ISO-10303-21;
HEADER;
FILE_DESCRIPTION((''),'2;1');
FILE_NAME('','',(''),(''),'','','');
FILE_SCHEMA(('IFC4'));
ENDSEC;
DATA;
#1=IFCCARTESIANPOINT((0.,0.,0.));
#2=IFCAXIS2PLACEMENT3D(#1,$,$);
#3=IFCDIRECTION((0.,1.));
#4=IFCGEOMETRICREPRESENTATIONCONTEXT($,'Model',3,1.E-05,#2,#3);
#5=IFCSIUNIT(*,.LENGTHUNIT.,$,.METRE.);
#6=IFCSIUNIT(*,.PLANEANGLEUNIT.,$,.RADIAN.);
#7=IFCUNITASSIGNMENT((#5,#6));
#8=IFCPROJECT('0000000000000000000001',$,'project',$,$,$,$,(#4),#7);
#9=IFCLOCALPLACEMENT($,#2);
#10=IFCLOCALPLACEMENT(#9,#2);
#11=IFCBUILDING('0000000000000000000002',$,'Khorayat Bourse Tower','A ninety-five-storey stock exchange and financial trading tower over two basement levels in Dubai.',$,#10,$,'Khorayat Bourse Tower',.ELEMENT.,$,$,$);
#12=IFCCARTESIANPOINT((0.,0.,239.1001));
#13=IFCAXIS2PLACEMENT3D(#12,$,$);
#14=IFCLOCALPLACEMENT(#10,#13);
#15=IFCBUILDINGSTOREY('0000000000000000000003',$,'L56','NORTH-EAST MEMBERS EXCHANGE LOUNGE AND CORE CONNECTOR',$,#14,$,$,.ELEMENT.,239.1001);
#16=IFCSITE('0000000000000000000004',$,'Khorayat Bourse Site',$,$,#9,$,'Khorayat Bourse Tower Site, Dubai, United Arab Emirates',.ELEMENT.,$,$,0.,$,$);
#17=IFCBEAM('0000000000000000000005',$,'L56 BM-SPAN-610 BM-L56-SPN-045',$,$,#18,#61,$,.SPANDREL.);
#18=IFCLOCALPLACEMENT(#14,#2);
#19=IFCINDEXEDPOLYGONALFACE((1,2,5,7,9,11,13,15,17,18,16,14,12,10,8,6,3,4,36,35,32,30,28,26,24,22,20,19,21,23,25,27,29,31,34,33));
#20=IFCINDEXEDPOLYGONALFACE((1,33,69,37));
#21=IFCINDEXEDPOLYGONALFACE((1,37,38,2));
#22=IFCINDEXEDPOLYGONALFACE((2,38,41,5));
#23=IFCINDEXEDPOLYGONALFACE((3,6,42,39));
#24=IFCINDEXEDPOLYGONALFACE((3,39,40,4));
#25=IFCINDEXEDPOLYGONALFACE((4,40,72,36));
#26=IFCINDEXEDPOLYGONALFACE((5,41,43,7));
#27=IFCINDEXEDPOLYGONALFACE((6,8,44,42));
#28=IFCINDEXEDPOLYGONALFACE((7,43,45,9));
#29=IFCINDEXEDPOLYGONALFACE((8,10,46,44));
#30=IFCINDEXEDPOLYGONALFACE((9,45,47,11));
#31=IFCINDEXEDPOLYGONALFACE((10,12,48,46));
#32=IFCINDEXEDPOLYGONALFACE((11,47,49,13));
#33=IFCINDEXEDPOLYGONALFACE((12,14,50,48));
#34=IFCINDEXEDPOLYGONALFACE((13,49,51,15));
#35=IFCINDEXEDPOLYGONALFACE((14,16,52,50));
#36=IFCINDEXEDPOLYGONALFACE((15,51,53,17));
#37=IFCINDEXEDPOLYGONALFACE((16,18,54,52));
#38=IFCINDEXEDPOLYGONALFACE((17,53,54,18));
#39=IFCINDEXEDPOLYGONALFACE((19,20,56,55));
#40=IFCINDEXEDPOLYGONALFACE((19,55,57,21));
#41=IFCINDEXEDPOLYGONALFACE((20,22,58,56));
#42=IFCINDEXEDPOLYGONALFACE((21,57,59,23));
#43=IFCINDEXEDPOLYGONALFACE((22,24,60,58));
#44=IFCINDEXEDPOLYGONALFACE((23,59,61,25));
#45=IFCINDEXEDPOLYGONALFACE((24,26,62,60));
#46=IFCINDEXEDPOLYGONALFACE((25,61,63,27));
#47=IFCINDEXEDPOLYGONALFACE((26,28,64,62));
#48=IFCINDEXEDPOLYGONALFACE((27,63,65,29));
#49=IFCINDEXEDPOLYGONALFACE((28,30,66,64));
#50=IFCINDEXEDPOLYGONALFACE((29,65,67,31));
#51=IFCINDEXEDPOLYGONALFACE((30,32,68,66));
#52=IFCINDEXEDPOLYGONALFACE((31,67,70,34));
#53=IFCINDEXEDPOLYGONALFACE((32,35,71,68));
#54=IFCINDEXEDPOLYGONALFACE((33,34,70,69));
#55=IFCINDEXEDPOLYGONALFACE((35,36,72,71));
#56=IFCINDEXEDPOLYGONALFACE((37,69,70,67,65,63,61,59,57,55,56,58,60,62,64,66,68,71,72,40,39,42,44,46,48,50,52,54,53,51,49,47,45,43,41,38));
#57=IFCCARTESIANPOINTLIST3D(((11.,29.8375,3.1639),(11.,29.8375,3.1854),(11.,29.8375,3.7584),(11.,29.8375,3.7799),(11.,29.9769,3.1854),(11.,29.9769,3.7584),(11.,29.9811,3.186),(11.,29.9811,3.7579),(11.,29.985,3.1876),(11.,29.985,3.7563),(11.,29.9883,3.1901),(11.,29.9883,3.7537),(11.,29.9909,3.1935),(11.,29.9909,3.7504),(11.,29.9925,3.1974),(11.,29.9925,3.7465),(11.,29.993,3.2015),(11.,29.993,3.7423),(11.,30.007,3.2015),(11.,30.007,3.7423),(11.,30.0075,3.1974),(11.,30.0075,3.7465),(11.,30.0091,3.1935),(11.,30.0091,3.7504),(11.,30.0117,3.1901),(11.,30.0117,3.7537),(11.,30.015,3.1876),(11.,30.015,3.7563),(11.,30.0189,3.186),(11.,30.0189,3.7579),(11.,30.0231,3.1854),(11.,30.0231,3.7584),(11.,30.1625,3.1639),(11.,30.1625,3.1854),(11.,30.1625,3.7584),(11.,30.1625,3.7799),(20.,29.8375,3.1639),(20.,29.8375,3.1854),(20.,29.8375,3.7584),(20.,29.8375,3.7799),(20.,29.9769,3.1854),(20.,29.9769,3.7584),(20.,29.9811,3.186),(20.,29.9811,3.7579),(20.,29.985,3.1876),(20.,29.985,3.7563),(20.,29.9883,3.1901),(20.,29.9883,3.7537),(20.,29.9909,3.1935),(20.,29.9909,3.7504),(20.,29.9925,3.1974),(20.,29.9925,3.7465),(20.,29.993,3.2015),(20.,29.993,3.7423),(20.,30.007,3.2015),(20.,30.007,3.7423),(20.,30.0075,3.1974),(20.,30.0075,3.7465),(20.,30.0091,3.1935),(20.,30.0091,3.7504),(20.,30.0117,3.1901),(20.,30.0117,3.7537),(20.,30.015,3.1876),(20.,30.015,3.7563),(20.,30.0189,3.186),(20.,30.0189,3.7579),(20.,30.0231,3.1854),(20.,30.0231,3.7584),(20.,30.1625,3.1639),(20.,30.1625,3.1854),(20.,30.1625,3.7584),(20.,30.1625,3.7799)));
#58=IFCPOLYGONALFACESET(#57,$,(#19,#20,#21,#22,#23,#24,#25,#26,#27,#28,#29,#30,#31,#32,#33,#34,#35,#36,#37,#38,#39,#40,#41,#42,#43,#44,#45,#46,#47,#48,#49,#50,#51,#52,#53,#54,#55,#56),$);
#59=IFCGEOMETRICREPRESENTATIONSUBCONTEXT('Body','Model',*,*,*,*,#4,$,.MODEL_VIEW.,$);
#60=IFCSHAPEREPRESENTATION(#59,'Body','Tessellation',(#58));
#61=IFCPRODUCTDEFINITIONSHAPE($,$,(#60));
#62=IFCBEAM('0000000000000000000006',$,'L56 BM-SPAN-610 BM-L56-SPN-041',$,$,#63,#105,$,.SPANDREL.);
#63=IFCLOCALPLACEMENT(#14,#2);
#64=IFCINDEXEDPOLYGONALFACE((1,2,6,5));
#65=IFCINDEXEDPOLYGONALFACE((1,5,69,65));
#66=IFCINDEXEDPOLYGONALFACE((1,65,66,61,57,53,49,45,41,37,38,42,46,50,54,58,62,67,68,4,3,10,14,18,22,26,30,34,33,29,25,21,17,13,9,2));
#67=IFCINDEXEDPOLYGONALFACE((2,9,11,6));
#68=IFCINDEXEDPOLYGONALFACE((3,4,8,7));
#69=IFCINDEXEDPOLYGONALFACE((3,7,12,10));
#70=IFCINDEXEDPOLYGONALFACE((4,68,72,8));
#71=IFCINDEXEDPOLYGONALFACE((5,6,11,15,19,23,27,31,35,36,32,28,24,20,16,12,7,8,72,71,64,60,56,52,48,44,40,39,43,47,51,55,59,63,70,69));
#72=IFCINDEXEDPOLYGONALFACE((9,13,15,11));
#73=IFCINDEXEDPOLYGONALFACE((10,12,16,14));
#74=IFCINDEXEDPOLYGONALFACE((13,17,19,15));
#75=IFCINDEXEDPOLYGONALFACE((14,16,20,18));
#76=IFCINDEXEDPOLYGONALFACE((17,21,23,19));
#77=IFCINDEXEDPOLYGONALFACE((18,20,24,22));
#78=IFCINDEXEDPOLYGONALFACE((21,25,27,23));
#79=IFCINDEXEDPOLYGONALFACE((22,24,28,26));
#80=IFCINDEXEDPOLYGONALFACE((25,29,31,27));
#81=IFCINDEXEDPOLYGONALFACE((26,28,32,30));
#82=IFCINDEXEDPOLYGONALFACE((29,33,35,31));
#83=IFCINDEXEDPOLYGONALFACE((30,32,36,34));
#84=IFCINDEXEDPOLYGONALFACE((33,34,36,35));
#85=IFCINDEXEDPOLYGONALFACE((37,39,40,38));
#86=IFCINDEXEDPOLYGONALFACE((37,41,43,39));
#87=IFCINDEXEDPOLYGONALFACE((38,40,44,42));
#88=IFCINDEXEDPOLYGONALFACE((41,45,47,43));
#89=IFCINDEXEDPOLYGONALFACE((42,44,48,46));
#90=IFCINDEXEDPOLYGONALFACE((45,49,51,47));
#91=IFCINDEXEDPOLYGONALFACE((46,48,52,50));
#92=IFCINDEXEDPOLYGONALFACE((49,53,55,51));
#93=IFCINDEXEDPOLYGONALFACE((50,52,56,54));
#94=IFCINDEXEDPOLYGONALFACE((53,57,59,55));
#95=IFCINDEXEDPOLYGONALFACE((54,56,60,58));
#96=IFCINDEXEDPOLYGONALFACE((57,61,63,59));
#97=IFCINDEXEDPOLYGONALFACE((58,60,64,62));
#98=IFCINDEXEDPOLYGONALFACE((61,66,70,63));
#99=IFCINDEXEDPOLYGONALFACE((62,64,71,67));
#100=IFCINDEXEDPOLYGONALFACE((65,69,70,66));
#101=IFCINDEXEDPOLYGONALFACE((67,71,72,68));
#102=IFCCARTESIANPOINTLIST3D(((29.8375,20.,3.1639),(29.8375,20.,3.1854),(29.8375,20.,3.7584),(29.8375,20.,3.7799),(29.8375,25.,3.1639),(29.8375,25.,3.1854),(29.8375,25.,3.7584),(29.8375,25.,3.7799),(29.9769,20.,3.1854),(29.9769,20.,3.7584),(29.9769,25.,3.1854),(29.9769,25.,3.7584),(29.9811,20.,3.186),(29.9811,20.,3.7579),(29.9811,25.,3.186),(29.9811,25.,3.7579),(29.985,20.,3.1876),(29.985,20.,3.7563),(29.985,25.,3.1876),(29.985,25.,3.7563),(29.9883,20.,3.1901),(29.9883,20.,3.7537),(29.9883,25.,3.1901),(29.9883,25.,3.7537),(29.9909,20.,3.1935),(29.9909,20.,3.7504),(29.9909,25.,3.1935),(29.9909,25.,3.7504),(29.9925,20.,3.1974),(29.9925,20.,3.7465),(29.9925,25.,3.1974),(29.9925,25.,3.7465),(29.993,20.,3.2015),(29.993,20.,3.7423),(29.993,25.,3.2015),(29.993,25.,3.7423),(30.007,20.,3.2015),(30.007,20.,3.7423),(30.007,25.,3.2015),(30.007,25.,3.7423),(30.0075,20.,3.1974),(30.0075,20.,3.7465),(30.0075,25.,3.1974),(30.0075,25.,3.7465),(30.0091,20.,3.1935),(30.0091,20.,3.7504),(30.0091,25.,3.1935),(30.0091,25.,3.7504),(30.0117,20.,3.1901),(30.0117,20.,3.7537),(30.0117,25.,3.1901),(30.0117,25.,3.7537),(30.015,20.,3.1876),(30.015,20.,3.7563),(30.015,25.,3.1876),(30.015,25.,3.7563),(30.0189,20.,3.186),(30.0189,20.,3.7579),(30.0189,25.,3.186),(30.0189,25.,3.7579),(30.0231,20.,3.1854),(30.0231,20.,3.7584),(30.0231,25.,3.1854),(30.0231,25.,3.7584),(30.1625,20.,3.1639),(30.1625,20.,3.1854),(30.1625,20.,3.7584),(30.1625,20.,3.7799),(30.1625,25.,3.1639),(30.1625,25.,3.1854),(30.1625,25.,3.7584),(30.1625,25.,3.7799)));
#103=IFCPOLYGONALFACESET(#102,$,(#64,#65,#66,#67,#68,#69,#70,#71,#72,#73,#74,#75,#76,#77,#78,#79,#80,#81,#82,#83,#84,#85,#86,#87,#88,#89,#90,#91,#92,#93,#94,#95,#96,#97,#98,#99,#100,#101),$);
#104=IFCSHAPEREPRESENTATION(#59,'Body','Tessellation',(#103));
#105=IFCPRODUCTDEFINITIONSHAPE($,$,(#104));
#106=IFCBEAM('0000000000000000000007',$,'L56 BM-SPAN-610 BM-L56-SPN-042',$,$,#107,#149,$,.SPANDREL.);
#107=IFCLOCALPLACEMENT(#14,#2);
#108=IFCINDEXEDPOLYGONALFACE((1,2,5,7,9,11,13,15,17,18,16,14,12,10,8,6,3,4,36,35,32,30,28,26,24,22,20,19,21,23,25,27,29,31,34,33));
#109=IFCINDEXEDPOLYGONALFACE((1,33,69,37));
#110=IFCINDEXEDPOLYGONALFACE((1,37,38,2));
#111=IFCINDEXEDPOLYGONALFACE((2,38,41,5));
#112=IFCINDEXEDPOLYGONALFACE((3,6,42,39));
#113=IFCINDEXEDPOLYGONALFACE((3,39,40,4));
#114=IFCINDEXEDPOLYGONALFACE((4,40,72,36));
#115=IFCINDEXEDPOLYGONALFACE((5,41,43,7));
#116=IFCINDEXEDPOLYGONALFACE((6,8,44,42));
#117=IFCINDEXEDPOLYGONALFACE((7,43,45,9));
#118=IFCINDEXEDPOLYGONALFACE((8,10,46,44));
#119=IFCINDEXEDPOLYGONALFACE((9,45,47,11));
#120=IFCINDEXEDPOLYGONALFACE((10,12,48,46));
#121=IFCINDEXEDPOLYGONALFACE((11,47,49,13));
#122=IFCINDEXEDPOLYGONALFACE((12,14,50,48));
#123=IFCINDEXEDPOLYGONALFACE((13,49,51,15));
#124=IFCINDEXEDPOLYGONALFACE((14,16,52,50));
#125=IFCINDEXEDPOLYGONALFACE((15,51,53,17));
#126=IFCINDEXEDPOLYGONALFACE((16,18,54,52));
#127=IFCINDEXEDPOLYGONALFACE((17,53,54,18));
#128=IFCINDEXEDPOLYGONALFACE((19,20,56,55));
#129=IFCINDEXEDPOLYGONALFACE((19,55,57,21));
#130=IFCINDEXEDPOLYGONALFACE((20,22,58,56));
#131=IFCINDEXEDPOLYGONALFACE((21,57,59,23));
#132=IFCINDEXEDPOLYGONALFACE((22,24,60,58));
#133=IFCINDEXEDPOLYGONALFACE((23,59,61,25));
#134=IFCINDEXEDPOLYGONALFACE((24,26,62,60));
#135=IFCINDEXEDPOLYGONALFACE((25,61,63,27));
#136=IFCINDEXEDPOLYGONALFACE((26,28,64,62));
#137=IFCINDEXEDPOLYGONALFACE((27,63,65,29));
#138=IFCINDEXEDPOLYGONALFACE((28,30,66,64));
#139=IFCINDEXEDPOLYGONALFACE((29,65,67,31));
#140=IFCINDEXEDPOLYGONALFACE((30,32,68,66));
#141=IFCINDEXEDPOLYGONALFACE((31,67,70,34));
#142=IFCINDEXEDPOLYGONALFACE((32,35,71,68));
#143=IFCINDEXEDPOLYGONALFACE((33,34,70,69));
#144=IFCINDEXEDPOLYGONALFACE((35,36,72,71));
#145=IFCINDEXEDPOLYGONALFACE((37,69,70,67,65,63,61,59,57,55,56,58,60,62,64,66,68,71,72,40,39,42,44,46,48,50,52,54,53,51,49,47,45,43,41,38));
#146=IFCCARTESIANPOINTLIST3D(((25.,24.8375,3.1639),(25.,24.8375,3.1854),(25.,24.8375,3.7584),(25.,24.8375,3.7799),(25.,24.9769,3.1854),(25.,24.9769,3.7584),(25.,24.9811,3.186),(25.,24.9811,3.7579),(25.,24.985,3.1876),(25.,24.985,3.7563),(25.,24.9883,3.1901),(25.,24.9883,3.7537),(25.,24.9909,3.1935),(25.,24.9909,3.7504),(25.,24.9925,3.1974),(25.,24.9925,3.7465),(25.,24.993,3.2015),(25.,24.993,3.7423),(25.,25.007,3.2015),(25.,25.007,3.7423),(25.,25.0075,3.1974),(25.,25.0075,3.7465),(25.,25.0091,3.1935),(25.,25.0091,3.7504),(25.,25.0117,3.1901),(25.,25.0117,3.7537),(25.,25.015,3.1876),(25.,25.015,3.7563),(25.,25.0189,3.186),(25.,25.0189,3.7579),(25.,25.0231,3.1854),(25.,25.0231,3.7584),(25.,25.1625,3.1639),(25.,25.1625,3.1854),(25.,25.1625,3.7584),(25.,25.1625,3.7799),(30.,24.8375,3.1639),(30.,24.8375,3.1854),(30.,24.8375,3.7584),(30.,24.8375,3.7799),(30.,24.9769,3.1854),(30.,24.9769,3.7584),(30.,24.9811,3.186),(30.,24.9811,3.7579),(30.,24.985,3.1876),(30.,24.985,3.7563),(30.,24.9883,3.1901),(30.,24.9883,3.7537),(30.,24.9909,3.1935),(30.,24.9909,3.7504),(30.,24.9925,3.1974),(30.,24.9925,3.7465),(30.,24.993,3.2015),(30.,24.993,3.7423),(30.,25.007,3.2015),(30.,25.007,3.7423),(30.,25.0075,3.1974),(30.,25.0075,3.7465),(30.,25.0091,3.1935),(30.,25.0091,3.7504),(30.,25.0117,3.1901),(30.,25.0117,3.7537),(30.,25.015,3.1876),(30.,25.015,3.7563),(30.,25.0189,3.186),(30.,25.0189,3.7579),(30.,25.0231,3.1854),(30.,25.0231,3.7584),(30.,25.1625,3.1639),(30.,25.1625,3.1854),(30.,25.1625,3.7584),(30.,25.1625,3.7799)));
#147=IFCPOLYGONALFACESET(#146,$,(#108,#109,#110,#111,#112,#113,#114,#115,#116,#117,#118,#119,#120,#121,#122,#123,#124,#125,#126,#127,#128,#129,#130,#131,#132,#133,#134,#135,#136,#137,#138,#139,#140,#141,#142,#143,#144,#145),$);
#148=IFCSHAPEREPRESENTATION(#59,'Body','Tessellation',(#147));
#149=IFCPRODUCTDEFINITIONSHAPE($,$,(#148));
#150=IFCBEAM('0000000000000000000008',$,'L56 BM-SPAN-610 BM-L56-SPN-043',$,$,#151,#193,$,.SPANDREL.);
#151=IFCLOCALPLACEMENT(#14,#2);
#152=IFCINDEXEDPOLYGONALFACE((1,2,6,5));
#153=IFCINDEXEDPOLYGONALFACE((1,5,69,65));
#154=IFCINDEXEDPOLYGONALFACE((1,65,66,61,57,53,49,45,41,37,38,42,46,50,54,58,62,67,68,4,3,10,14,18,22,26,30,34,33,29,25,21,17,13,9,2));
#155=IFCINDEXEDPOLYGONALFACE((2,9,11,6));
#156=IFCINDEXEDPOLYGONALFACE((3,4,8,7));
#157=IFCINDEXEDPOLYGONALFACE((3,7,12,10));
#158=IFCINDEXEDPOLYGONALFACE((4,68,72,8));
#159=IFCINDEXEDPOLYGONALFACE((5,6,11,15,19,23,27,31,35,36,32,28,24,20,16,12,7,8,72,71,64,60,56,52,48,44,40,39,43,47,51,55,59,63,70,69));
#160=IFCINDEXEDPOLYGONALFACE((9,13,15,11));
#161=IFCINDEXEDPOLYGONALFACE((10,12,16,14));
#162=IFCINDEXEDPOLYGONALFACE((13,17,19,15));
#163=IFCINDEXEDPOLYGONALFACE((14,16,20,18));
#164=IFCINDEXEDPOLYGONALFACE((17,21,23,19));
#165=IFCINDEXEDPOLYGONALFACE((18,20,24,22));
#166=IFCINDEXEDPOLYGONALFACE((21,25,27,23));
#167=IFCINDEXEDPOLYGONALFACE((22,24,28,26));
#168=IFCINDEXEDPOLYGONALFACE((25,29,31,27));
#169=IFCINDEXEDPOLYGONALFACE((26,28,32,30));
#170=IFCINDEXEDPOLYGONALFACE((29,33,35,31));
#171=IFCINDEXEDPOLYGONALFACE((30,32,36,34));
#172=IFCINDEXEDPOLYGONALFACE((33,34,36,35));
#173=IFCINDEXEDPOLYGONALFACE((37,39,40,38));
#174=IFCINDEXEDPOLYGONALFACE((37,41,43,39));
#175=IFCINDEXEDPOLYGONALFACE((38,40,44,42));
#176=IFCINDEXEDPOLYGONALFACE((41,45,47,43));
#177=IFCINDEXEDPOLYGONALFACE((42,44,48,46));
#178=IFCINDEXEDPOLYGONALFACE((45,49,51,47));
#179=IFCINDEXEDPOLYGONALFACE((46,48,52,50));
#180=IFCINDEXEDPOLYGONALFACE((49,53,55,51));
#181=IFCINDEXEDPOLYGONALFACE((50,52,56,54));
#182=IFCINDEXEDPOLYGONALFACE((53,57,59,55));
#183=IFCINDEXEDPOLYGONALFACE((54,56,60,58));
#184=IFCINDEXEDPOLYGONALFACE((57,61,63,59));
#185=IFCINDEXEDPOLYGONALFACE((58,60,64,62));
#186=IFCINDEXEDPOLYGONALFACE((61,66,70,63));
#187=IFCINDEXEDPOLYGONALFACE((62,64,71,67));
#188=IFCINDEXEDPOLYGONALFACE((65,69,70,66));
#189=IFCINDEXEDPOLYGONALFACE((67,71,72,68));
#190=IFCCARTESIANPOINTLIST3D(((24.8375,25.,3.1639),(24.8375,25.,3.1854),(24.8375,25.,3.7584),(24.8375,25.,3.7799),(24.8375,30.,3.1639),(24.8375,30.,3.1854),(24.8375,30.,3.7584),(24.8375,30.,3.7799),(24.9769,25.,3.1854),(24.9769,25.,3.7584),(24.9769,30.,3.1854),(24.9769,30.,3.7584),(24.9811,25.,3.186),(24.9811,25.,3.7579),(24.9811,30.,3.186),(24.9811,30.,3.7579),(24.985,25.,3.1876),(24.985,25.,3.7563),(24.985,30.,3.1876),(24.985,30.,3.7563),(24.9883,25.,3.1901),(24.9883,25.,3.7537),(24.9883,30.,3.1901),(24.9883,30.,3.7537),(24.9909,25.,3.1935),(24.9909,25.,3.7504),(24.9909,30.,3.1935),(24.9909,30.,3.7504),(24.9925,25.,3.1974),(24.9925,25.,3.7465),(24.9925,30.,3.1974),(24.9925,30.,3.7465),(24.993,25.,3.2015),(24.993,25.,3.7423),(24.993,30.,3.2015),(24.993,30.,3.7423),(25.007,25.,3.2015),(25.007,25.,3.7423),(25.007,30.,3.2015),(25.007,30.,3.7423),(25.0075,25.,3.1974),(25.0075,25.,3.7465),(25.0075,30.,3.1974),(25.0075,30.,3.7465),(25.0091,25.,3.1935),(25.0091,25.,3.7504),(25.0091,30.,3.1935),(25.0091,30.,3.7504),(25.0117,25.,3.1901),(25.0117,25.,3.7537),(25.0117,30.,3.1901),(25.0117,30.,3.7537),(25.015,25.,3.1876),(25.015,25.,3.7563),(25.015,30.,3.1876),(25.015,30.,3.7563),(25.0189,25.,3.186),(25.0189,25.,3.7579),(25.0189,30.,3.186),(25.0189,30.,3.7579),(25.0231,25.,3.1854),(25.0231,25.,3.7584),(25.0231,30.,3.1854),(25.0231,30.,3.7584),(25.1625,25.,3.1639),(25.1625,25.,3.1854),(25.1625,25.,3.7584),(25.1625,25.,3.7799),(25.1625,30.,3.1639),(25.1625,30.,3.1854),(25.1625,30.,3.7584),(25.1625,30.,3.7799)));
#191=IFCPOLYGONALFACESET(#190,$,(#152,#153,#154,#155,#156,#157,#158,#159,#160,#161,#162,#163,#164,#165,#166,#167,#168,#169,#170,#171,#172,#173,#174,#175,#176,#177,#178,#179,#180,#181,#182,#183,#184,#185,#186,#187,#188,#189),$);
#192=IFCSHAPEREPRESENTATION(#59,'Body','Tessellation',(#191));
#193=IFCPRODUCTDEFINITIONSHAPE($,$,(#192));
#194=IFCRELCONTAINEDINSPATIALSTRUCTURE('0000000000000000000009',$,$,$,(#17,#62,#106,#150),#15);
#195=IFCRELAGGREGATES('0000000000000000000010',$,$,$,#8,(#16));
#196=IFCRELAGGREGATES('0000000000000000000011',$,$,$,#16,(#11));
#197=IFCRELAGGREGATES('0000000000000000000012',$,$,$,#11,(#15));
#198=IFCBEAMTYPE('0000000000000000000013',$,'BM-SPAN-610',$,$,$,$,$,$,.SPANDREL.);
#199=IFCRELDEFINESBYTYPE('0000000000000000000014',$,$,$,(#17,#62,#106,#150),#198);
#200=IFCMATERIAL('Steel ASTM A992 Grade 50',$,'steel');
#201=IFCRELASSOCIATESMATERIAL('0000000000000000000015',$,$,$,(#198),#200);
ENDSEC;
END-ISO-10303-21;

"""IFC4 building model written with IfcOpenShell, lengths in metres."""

from ifc_helpers import new_model, si_unit, direction, frame, origin, origin_2d, place, context, subcontext, project, spatial, i_section, extrude, source, transform, mapped, material, material_profile, profile_set, type_object, element, save


model = new_model("IFC4")

# Units and contexts
model_context = context("Model", 3, precision=1e-05, world=origin(), true_north=direction((0.0, 1.0)))
body_context = subcontext(model_context, "Body", "Model", "MODEL_VIEW")
ifc_project = project(units=[si_unit("LENGTHUNIT", "METRE"), si_unit("PLANEANGLEUNIT", "RADIAN")], contexts=[model_context])

# Site, building, storey
site_placement = place(None, origin())
site = spatial("IfcSite", under=ifc_project, at=site_placement, Name="Khorayat Bourse Site", LongName="Khorayat Bourse Tower Site, Dubai, United Arab Emirates", CompositionType="ELEMENT", RefElevation=0.0)
building_placement = place(site_placement, origin())
building = spatial("IfcBuilding", under=site, at=building_placement, Name="Khorayat Bourse Tower", Description="A ninety-five-storey stock exchange and financial trading tower over two basement levels in Dubai.", LongName="Khorayat Bourse Tower", CompositionType="ELEMENT")
storey_placement = place(building_placement, frame((0.0, 0.0, 239.1001)))
storey = spatial("IfcBuildingStorey", under=building, at=storey_placement, Name="L56", Description="NORTH-EAST MEMBERS EXCHANGE LOUNGE AND CORE CONNECTOR", CompositionType="ELEMENT", Elevation=239.1001)

# Beams
ifc_material_1 = material(Name="Steel ASTM A992 Grade 50", Category="steel")
ifc_material_profile_1 = material_profile(ifc_material_1, i_section(OverallWidth=0.325, OverallDepth=0.616, WebThickness=0.0139, FlangeThickness=0.0215, FilletRadius=0.0161, at=origin_2d()), Name="W610X174")
ifc_profile_set_1 = profile_set([ifc_material_profile_1], Name="Steel ASTM A992 Grade 50")
beam_type_1 = type_object("IfcBeamType", Name="BM-SPAN-610", PredefinedType="SPANDREL", material=ifc_profile_set_1)
shared_shape_1 = source(origin(), body_context, "Body", "SweptSolid", [
    extrude(i_section(OverallWidth=0.325, OverallDepth=0.616, WebThickness=0.0139, FlangeThickness=0.0215, FilletRadius=0.0161, at=origin_2d()), origin(), (0.0, 0.0, 1.0), 9.0),
])
beam_1_placement = place(storey_placement, frame((11.0, 30.0, 3.4719), z_axis=(1.0, 0.0, 0.0), x_axis=(0.0, 1.0, 0.0)))
element("IfcBeam", 1, at=beam_1_placement, inside=storey, type_object=beam_type_1, Name="L56 BM-SPAN-610 BM-L56-SPN-045", PredefinedType="SPANDREL", context=body_context, shape_type="MappedRepresentation", body=[
    mapped(shared_shape_1, transform((0.0, 0.0, 0.0), scale=1.0)),
])
shared_shape_2 = source(origin(), body_context, "Body", "SweptSolid", [
    extrude(i_section(OverallWidth=0.325, OverallDepth=0.616, WebThickness=0.0139, FlangeThickness=0.0215, FilletRadius=0.0161, at=origin_2d()), origin(), (0.0, 0.0, 1.0), 5.0),
])
for number, where, z_axis, x_axis, name in (
    (2, (30.0, 20.0, 3.4719), (0.0, 1.0, 0.0), (-1.0, 0.0, 0.0), "L56 BM-SPAN-610 BM-L56-SPN-041"),
    (3, (25.0, 25.0, 3.4719), (1.0, 0.0, 0.0), (0.0, 1.0, 0.0), "L56 BM-SPAN-610 BM-L56-SPN-042"),
    (4, (25.0, 25.0, 3.4719), (0.0, 1.0, 0.0), (-1.0, 0.0, 0.0), "L56 BM-SPAN-610 BM-L56-SPN-043"),
):
    element("IfcBeam", number, at=place(storey_placement, frame(where, z_axis=z_axis, x_axis=x_axis)), inside=storey, type_object=beam_type_1, Name=name, PredefinedType="SPANDREL", context=body_context, shape_type="MappedRepresentation", body=[
        mapped(shared_shape_2, transform((0.0, 0.0, 0.0), scale=1.0)),
    ])

save(model, "model.ifc")
